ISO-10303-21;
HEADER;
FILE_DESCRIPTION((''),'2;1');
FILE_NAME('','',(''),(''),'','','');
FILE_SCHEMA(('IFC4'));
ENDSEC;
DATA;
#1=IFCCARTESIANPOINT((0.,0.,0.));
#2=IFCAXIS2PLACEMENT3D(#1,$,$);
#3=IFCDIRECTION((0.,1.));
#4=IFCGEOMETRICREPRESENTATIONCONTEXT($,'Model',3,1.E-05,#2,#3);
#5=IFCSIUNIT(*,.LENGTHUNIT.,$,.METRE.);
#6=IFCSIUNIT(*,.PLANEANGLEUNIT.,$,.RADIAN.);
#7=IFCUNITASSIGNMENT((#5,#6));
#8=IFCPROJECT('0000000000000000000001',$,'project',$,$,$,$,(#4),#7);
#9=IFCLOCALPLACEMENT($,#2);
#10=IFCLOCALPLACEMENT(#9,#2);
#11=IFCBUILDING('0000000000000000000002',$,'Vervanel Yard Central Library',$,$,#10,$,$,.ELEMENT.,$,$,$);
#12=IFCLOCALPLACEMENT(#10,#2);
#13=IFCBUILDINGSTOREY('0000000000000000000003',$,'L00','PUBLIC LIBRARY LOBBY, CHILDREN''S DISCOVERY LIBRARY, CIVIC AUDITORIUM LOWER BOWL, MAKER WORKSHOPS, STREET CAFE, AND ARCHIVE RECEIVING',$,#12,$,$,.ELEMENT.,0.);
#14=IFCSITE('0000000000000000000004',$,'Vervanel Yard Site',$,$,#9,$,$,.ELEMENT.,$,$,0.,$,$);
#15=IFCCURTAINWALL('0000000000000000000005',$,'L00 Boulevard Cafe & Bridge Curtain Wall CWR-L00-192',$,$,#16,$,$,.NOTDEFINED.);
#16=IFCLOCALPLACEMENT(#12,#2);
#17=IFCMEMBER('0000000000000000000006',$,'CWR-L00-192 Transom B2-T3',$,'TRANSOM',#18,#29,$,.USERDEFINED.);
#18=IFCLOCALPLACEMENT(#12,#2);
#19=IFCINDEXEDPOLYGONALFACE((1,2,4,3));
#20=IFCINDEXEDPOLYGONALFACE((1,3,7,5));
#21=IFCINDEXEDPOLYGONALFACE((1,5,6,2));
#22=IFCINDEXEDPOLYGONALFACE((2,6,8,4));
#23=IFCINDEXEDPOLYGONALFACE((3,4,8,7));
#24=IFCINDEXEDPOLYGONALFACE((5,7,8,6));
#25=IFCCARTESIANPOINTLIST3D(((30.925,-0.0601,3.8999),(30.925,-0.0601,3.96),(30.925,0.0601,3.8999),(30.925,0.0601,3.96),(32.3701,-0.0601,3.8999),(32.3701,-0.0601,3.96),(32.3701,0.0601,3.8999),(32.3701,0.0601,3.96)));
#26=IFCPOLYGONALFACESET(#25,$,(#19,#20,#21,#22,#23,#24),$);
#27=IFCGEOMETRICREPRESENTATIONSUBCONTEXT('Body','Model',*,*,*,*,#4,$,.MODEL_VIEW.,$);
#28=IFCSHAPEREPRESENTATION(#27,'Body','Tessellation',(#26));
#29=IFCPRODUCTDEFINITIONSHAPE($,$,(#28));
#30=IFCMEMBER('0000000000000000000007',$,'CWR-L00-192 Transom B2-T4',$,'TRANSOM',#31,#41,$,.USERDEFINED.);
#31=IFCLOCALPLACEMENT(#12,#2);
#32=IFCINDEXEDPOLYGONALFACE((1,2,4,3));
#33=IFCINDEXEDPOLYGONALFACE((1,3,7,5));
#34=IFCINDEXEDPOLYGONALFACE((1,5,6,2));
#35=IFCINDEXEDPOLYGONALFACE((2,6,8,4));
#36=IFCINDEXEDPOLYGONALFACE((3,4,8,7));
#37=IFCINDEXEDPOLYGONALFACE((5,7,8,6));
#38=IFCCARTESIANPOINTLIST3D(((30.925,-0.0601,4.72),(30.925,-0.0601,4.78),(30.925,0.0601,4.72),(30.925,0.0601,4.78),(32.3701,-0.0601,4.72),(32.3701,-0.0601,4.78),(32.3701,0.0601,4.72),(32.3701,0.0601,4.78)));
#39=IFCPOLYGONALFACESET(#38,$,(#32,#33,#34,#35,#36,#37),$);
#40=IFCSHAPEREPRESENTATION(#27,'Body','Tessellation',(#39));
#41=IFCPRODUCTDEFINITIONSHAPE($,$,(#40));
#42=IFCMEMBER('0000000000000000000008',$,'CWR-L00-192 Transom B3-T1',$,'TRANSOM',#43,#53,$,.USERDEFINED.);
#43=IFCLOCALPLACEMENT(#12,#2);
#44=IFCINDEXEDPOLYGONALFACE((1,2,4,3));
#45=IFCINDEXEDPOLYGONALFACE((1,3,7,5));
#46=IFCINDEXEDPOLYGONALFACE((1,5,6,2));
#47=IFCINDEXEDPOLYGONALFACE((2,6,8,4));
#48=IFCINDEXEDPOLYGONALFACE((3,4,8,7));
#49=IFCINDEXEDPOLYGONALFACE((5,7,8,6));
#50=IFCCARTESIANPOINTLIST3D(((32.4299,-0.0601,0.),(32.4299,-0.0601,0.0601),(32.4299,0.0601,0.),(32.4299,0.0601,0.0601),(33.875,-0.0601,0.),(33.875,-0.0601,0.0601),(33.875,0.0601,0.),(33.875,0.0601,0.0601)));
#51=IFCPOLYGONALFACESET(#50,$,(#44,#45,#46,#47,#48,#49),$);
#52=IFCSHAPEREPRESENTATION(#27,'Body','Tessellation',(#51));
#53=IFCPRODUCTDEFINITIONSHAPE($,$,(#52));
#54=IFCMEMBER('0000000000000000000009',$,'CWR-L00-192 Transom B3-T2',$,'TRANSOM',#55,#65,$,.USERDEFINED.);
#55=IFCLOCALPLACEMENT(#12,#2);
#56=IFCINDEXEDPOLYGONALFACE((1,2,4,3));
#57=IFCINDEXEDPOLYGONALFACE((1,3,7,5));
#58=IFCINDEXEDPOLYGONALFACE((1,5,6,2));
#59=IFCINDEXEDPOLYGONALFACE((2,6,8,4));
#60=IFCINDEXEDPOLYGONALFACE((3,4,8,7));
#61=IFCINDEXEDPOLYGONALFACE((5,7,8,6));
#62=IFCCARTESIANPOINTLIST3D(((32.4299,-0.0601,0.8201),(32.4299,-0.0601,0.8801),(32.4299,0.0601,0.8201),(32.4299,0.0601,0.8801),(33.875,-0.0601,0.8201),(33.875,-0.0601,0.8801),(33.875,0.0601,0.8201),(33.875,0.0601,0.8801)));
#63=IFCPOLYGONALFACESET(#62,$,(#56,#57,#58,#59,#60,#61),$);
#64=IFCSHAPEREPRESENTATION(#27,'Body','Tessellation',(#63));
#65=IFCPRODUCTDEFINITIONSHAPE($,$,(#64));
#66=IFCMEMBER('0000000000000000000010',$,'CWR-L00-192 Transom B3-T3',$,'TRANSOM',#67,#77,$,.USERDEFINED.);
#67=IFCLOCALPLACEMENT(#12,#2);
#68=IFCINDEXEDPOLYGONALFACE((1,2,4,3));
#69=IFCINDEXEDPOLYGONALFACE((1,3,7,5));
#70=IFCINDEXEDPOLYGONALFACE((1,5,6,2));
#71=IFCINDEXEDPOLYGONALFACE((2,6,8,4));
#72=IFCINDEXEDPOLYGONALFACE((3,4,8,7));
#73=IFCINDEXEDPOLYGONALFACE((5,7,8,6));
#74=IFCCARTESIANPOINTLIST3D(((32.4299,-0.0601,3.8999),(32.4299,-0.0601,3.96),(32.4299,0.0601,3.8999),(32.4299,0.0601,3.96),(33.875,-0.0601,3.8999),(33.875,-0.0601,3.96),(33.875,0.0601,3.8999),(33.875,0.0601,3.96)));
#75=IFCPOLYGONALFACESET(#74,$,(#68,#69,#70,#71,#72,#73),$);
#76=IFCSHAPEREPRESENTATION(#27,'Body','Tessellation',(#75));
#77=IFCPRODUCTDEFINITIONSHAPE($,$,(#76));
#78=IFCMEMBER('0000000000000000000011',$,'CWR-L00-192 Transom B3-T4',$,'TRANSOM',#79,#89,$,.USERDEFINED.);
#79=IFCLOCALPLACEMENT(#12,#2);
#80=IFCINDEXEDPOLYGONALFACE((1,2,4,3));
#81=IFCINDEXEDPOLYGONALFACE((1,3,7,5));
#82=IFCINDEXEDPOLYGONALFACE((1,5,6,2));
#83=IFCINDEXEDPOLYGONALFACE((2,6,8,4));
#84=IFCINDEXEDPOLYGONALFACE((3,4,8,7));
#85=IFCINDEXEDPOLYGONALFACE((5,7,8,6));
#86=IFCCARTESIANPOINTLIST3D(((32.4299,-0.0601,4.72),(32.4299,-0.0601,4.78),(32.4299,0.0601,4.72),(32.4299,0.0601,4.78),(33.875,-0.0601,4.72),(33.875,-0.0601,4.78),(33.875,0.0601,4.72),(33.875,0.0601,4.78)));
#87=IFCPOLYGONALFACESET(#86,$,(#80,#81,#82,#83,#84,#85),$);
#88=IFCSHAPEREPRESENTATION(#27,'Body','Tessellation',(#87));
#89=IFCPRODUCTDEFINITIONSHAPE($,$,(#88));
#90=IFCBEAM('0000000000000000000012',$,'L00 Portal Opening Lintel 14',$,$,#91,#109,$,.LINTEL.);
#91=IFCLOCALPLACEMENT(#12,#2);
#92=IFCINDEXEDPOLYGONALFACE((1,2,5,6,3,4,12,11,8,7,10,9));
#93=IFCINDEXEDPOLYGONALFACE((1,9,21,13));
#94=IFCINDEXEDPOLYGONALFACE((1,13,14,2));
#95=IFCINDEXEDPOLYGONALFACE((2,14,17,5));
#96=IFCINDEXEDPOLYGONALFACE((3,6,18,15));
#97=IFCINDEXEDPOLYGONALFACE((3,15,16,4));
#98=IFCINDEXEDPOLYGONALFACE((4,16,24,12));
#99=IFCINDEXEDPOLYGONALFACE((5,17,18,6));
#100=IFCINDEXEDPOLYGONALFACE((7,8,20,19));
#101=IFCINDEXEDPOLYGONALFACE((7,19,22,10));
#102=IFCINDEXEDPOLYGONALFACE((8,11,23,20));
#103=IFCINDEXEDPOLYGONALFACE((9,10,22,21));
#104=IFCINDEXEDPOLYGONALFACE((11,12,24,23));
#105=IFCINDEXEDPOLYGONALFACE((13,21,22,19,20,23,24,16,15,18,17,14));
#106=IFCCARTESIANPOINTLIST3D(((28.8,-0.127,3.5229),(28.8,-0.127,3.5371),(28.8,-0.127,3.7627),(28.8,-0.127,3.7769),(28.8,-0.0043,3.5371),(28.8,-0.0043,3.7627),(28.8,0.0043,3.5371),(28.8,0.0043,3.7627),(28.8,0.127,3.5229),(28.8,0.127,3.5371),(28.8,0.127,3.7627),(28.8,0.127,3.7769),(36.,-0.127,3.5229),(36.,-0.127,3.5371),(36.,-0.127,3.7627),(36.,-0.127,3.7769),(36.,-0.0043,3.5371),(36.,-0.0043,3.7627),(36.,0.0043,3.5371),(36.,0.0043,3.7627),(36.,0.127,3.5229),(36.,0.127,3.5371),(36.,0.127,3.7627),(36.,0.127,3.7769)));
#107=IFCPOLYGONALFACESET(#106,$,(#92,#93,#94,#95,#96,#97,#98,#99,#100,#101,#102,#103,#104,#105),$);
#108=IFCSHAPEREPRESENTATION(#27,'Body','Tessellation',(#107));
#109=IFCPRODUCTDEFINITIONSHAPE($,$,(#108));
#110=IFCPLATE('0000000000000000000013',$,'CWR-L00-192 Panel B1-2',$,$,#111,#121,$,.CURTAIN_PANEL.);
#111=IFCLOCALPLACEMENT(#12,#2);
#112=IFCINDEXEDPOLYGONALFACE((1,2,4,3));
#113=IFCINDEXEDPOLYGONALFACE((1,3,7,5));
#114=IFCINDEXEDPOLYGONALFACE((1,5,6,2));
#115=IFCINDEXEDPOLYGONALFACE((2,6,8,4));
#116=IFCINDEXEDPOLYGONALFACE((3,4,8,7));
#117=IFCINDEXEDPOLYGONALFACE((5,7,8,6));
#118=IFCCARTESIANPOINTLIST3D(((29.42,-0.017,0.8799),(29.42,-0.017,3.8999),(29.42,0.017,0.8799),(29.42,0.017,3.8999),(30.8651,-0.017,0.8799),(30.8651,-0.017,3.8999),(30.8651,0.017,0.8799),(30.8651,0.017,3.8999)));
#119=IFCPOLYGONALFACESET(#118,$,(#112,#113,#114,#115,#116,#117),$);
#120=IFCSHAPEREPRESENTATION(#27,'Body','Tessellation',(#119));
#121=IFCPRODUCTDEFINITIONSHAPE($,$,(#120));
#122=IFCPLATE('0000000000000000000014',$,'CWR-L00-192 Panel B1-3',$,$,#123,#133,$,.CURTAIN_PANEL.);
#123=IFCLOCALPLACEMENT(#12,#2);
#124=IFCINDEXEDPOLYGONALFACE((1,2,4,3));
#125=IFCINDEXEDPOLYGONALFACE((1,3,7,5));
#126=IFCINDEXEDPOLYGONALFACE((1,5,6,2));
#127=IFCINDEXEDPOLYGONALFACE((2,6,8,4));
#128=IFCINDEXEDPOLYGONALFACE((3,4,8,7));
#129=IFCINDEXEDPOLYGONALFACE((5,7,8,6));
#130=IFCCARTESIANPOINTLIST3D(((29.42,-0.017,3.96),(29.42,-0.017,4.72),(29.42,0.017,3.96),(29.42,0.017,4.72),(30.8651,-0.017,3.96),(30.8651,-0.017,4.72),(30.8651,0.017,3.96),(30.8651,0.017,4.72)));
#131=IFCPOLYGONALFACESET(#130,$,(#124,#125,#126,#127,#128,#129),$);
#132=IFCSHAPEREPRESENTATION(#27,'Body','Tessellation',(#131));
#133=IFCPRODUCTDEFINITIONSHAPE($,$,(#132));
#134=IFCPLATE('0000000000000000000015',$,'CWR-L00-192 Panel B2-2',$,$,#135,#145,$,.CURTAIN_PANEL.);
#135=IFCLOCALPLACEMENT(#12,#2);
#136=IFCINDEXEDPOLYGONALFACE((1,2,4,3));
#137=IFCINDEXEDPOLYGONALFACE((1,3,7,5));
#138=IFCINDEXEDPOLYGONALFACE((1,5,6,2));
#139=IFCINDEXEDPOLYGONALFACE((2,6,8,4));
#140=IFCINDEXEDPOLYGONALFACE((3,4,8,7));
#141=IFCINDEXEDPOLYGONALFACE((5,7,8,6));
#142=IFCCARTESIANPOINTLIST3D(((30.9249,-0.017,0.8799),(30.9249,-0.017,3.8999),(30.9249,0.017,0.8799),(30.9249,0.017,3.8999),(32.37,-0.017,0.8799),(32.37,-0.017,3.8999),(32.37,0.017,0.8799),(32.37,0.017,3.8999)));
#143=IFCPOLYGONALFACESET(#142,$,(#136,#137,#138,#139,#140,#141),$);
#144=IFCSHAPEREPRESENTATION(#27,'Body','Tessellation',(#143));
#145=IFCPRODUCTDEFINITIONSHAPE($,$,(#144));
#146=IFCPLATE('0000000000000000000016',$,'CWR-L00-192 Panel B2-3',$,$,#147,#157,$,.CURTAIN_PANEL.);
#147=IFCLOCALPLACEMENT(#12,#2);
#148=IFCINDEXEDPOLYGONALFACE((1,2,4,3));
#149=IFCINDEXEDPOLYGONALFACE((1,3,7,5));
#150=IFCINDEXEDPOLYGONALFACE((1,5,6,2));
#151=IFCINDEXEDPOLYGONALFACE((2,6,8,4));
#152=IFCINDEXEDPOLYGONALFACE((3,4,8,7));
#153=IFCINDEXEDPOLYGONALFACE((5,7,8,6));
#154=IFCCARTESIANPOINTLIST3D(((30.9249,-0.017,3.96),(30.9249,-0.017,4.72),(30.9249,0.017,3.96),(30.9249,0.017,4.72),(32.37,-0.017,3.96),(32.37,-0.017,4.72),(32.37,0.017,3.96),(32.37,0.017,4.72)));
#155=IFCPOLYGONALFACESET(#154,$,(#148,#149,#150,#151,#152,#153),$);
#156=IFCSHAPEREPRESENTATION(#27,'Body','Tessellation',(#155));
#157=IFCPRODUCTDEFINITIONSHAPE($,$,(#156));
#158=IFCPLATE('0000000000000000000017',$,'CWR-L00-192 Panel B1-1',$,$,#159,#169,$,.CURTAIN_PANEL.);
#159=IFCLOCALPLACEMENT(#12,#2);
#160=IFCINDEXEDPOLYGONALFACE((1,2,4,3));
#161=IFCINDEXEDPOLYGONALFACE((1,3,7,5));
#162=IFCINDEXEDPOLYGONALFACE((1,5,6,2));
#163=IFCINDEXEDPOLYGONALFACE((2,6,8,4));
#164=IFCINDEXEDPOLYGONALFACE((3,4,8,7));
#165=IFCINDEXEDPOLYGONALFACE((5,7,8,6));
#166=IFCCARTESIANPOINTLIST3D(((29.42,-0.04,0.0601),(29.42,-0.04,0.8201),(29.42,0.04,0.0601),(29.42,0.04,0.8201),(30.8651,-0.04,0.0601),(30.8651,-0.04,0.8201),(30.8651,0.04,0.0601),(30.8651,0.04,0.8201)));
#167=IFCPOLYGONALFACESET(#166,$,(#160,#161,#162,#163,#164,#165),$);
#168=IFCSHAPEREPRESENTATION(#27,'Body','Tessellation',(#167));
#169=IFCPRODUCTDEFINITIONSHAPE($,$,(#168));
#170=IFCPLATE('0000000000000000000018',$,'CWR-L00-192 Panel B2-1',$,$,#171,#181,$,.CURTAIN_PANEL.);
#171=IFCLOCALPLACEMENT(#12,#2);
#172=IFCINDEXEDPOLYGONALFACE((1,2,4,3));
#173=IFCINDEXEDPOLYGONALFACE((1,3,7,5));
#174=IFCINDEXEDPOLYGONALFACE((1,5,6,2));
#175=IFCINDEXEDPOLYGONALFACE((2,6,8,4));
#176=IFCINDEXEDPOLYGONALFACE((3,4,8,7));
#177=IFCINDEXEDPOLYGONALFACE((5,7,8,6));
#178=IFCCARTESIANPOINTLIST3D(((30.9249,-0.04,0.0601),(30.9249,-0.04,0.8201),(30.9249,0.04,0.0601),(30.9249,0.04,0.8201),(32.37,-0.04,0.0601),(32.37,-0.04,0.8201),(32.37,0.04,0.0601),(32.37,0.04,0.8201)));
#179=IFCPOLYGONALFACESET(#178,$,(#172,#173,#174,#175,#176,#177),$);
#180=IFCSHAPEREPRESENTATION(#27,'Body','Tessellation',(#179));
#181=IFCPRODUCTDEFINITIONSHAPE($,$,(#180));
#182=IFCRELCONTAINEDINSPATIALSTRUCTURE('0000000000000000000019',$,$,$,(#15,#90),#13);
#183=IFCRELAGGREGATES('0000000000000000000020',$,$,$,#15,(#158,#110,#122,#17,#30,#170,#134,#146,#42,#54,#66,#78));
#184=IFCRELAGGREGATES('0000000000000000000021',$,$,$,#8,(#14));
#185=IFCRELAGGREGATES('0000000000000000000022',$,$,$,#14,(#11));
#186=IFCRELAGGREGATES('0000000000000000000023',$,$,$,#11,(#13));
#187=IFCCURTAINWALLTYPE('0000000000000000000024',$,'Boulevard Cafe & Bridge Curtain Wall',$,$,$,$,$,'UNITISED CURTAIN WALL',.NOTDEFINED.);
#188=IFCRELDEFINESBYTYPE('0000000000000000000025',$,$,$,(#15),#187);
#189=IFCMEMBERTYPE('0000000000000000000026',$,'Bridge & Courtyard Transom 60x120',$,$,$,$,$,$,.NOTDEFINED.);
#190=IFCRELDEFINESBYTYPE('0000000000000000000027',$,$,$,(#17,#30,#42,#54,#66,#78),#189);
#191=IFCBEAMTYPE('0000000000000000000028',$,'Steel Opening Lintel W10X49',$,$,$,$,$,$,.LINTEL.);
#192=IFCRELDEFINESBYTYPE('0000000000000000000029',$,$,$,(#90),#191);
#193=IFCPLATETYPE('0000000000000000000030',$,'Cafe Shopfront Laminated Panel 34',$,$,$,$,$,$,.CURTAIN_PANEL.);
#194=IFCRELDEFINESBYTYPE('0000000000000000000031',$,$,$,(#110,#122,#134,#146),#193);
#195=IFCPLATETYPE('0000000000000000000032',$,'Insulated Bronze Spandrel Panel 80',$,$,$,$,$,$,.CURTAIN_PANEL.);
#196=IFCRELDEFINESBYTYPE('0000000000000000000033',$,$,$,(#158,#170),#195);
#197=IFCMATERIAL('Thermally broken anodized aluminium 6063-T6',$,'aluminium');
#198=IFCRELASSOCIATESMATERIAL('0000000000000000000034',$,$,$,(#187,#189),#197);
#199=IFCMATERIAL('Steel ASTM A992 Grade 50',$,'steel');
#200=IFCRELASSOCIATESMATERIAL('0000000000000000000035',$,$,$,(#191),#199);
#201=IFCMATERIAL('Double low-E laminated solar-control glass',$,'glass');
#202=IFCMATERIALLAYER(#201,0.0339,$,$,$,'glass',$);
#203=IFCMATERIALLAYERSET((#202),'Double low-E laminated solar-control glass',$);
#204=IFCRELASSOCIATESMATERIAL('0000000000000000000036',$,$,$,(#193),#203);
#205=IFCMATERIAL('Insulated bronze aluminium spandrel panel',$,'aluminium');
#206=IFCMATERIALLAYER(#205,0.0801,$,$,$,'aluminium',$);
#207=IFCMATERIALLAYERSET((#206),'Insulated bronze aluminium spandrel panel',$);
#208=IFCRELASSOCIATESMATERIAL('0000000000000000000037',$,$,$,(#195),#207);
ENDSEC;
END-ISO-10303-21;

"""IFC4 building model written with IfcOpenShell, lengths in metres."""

from ifc_helpers import new_model, si_unit, direction, frame, origin, origin_2d, place, context, subcontext, project, spatial, rectangle, i_section, extrude, material, layer, layer_set, material_profile, profile_set, type_object, element, aggregate, save


model = new_model("IFC4")

# Units and contexts
model_context = context("Model", 3, precision=1e-05, world=origin(), true_north=direction((0.0, 1.0)))
body_context = subcontext(model_context, "Body", "Model", "MODEL_VIEW")
ifc_project = project(units=[si_unit("LENGTHUNIT", "METRE"), si_unit("PLANEANGLEUNIT", "RADIAN")], contexts=[model_context])

# Site, building, storey
site_placement = place(None, origin())
site = spatial("IfcSite", under=ifc_project, at=site_placement, Name="Vervanel Yard Site", CompositionType="ELEMENT", RefElevation=0.0)
building_placement = place(site_placement, origin())
building = spatial("IfcBuilding", under=site, at=building_placement, Name="Vervanel Yard Central Library", CompositionType="ELEMENT")
storey_placement = place(building_placement, origin())
storey = spatial("IfcBuildingStorey", under=building, at=storey_placement, Name="L00", Description="PUBLIC LIBRARY LOBBY, CHILDREN'S DISCOVERY LIBRARY, CIVIC AUDITORIUM LOWER BOWL, MAKER WORKSHOPS, STREET CAFE, AND ARCHIVE RECEIVING", CompositionType="ELEMENT", Elevation=0.0)

# Curtain wall, members
ifc_material_1 = material(Name="Thermally broken anodized aluminium 6063-T6", Category="aluminium")
curtain_wall_type = type_object("IfcCurtainWallType", Name="Boulevard Cafe & Bridge Curtain Wall", ElementType="UNITISED CURTAIN WALL", PredefinedType="NOTDEFINED", material=ifc_material_1)
curtain_wall_placement = place(storey_placement, origin())
curtain_wall = element("IfcCurtainWall", 1, at=curtain_wall_placement, inside=storey, type_object=curtain_wall_type, Name="L00 Boulevard Cafe & Bridge Curtain Wall CWR-L00-192", PredefinedType="NOTDEFINED")
ifc_material_profile_1 = material_profile(ifc_material_1, rectangle(XDim=0.0601, YDim=0.1201, at=origin_2d()), Name="ALU 60x120", Category="aluminium")
ifc_profile_set_1 = profile_set([ifc_material_profile_1], Name="Thermally broken anodized aluminium 6063-T6")
member_type_1 = type_object("IfcMemberType", Name="Bridge & Courtyard Transom 60x120", PredefinedType="NOTDEFINED", material=ifc_profile_set_1)
member_1_placement = place(storey_placement, frame((30.925, 0.0, 3.9299), z_axis=(1.0, 0.0, 0.0), x_axis=(0.0, 0.0, 1.0)))
member_1 = element("IfcMember", 2, at=member_1_placement, type_object=member_type_1, Name="CWR-L00-192 Transom B2-T3", ObjectType="TRANSOM", PredefinedType="USERDEFINED", context=body_context, shape_type="SweptSolid", body=[
    extrude(rectangle(XDim=0.0601, YDim=0.1201, at=origin_2d()), origin(), (0.0, 0.0, 1.0), 1.4451),
])
member_2_placement = place(storey_placement, frame((30.925, 0.0, 4.75), z_axis=(1.0, 0.0, 0.0), x_axis=(0.0, 0.0, 1.0)))
member_2 = element("IfcMember", 3, at=member_2_placement, type_object=member_type_1, Name="CWR-L00-192 Transom B2-T4", ObjectType="TRANSOM", PredefinedType="USERDEFINED", context=body_context, shape_type="SweptSolid", body=[
    extrude(rectangle(XDim=0.0601, YDim=0.1201, at=origin_2d()), origin(), (0.0, 0.0, 1.0), 1.4451),
])
member_3_placement = place(storey_placement, frame((32.4299, 0.0, 0.03), z_axis=(1.0, 0.0, 0.0), x_axis=(0.0, 0.0, 1.0)))
member_3 = element("IfcMember", 4, at=member_3_placement, type_object=member_type_1, Name="CWR-L00-192 Transom B3-T1", ObjectType="TRANSOM", PredefinedType="USERDEFINED", context=body_context, shape_type="SweptSolid", body=[
    extrude(rectangle(XDim=0.0601, YDim=0.1201, at=origin_2d()), origin(), (0.0, 0.0, 1.0), 1.4451),
])
member_4_placement = place(storey_placement, frame((32.4299, 0.0, 0.8501), z_axis=(1.0, 0.0, 0.0), x_axis=(0.0, 0.0, 1.0)))
member_4 = element("IfcMember", 5, at=member_4_placement, type_object=member_type_1, Name="CWR-L00-192 Transom B3-T2", ObjectType="TRANSOM", PredefinedType="USERDEFINED", context=body_context, shape_type="SweptSolid", body=[
    extrude(rectangle(XDim=0.0601, YDim=0.1201, at=origin_2d()), origin(), (0.0, 0.0, 1.0), 1.4451),
])
member_5_placement = place(storey_placement, frame((32.4299, 0.0, 3.9299), z_axis=(1.0, 0.0, 0.0), x_axis=(0.0, 0.0, 1.0)))
member_5 = element("IfcMember", 6, at=member_5_placement, type_object=member_type_1, Name="CWR-L00-192 Transom B3-T3", ObjectType="TRANSOM", PredefinedType="USERDEFINED", context=body_context, shape_type="SweptSolid", body=[
    extrude(rectangle(XDim=0.0601, YDim=0.1201, at=origin_2d()), origin(), (0.0, 0.0, 1.0), 1.4451),
])
member_6_placement = place(storey_placement, frame((32.4299, 0.0, 4.75), z_axis=(1.0, 0.0, 0.0), x_axis=(0.0, 0.0, 1.0)))
member_6 = element("IfcMember", 7, at=member_6_placement, type_object=member_type_1, Name="CWR-L00-192 Transom B3-T4", ObjectType="TRANSOM", PredefinedType="USERDEFINED", context=body_context, shape_type="SweptSolid", body=[
    extrude(rectangle(XDim=0.0601, YDim=0.1201, at=origin_2d()), origin(), (0.0, 0.0, 1.0), 1.4451),
])

# Beam
ifc_material_2 = material(Name="Steel ASTM A992 Grade 50", Category="steel")
ifc_material_profile_2 = material_profile(ifc_material_2, i_section(OverallWidth=0.2539, OverallDepth=0.2539, WebThickness=0.0085, FlangeThickness=0.0142, at=origin_2d()), Name="W10X49", Category="steel")
ifc_profile_set_2 = profile_set([ifc_material_profile_2], Name="Steel ASTM A992 Grade 50")
beam_type = type_object("IfcBeamType", Name="Steel Opening Lintel W10X49", PredefinedType="LINTEL", material=ifc_profile_set_2)
beam_placement = place(storey_placement, frame((28.8, 0.0, 3.6499), z_axis=(1.0, 0.0, 0.0), x_axis=(0.0, 1.0, 0.0)))
element("IfcBeam", 8, at=beam_placement, inside=storey, type_object=beam_type, Name="L00 Portal Opening Lintel 14", PredefinedType="LINTEL", context=body_context, shape_type="SweptSolid", body=[
    extrude(i_section(OverallWidth=0.2539, OverallDepth=0.2539, WebThickness=0.0085, FlangeThickness=0.0142, at=origin_2d()), origin(), (0.0, 0.0, 1.0), 7.2),
])

# Plates
ifc_material_3 = material(Name="Double low-E laminated solar-control glass", Category="glass")
ifc_layer_1 = layer(ifc_material_3, 0.0339, Category="glass")
ifc_layer_set_1 = layer_set([ifc_layer_1], Name="Double low-E laminated solar-control glass")
plate_type_1 = type_object("IfcPlateType", Name="Cafe Shopfront Laminated Panel 34", PredefinedType="CURTAIN_PANEL", material=ifc_layer_set_1)
plate_1_placement = place(storey_placement, frame((30.1426, 0.0, 0.8799), z_axis=(0.0, 0.0, 1.0), x_axis=(1.0, 0.0, 0.0)))
plate_1 = element("IfcPlate", 9, at=plate_1_placement, type_object=plate_type_1, Name="CWR-L00-192 Panel B1-2", PredefinedType="CURTAIN_PANEL", context=body_context, shape_type="SweptSolid", body=[
    extrude(rectangle(XDim=1.4451, YDim=0.0339, at=origin_2d()), origin(), (0.0, 0.0, 1.0), 3.02),
])
plate_2_placement = place(storey_placement, frame((30.1426, 0.0, 3.96), z_axis=(0.0, 0.0, 1.0), x_axis=(1.0, 0.0, 0.0)))
plate_2 = element("IfcPlate", 10, at=plate_2_placement, type_object=plate_type_1, Name="CWR-L00-192 Panel B1-3", PredefinedType="CURTAIN_PANEL", context=body_context, shape_type="SweptSolid", body=[
    extrude(rectangle(XDim=1.4451, YDim=0.0339, at=origin_2d()), origin(), (0.0, 0.0, 1.0), 0.76),
])
plate_3_placement = place(storey_placement, frame((31.6475, 0.0, 0.8799), z_axis=(0.0, 0.0, 1.0), x_axis=(1.0, 0.0, 0.0)))
plate_3 = element("IfcPlate", 11, at=plate_3_placement, type_object=plate_type_1, Name="CWR-L00-192 Panel B2-2", PredefinedType="CURTAIN_PANEL", context=body_context, shape_type="SweptSolid", body=[
    extrude(rectangle(XDim=1.4451, YDim=0.0339, at=origin_2d()), origin(), (0.0, 0.0, 1.0), 3.02),
])
plate_4_placement = place(storey_placement, frame((31.6475, 0.0, 3.96), z_axis=(0.0, 0.0, 1.0), x_axis=(1.0, 0.0, 0.0)))
plate_4 = element("IfcPlate", 12, at=plate_4_placement, type_object=plate_type_1, Name="CWR-L00-192 Panel B2-3", PredefinedType="CURTAIN_PANEL", context=body_context, shape_type="SweptSolid", body=[
    extrude(rectangle(XDim=1.4451, YDim=0.0339, at=origin_2d()), origin(), (0.0, 0.0, 1.0), 0.76),
])
ifc_material_4 = material(Name="Insulated bronze aluminium spandrel panel", Category="aluminium")
ifc_layer_2 = layer(ifc_material_4, 0.0801, Category="aluminium")
ifc_layer_set_2 = layer_set([ifc_layer_2], Name="Insulated bronze aluminium spandrel panel")
plate_type_2 = type_object("IfcPlateType", Name="Insulated Bronze Spandrel Panel 80", PredefinedType="CURTAIN_PANEL", material=ifc_layer_set_2)
plate_5_placement = place(storey_placement, frame((30.1426, 0.0, 0.0601), z_axis=(0.0, 0.0, 1.0), x_axis=(1.0, 0.0, 0.0)))
plate_5 = element("IfcPlate", 13, at=plate_5_placement, type_object=plate_type_2, Name="CWR-L00-192 Panel B1-1", PredefinedType="CURTAIN_PANEL", context=body_context, shape_type="SweptSolid", body=[
    extrude(rectangle(XDim=1.4451, YDim=0.0801, at=origin_2d()), origin(), (0.0, 0.0, 1.0), 0.76),
])
plate_6_placement = place(storey_placement, frame((31.6475, 0.0, 0.0601), z_axis=(0.0, 0.0, 1.0), x_axis=(1.0, 0.0, 0.0)))
plate_6 = element("IfcPlate", 14, at=plate_6_placement, type_object=plate_type_2, Name="CWR-L00-192 Panel B2-1", PredefinedType="CURTAIN_PANEL", context=body_context, shape_type="SweptSolid", body=[
    extrude(rectangle(XDim=1.4451, YDim=0.0801, at=origin_2d()), origin(), (0.0, 0.0, 1.0), 0.76),
])
aggregate(curtain_wall, [plate_5, plate_1, plate_2, member_1, member_2, plate_6, plate_3, plate_4, member_3, member_4, member_5, member_6])

save(model, "model.ifc")
